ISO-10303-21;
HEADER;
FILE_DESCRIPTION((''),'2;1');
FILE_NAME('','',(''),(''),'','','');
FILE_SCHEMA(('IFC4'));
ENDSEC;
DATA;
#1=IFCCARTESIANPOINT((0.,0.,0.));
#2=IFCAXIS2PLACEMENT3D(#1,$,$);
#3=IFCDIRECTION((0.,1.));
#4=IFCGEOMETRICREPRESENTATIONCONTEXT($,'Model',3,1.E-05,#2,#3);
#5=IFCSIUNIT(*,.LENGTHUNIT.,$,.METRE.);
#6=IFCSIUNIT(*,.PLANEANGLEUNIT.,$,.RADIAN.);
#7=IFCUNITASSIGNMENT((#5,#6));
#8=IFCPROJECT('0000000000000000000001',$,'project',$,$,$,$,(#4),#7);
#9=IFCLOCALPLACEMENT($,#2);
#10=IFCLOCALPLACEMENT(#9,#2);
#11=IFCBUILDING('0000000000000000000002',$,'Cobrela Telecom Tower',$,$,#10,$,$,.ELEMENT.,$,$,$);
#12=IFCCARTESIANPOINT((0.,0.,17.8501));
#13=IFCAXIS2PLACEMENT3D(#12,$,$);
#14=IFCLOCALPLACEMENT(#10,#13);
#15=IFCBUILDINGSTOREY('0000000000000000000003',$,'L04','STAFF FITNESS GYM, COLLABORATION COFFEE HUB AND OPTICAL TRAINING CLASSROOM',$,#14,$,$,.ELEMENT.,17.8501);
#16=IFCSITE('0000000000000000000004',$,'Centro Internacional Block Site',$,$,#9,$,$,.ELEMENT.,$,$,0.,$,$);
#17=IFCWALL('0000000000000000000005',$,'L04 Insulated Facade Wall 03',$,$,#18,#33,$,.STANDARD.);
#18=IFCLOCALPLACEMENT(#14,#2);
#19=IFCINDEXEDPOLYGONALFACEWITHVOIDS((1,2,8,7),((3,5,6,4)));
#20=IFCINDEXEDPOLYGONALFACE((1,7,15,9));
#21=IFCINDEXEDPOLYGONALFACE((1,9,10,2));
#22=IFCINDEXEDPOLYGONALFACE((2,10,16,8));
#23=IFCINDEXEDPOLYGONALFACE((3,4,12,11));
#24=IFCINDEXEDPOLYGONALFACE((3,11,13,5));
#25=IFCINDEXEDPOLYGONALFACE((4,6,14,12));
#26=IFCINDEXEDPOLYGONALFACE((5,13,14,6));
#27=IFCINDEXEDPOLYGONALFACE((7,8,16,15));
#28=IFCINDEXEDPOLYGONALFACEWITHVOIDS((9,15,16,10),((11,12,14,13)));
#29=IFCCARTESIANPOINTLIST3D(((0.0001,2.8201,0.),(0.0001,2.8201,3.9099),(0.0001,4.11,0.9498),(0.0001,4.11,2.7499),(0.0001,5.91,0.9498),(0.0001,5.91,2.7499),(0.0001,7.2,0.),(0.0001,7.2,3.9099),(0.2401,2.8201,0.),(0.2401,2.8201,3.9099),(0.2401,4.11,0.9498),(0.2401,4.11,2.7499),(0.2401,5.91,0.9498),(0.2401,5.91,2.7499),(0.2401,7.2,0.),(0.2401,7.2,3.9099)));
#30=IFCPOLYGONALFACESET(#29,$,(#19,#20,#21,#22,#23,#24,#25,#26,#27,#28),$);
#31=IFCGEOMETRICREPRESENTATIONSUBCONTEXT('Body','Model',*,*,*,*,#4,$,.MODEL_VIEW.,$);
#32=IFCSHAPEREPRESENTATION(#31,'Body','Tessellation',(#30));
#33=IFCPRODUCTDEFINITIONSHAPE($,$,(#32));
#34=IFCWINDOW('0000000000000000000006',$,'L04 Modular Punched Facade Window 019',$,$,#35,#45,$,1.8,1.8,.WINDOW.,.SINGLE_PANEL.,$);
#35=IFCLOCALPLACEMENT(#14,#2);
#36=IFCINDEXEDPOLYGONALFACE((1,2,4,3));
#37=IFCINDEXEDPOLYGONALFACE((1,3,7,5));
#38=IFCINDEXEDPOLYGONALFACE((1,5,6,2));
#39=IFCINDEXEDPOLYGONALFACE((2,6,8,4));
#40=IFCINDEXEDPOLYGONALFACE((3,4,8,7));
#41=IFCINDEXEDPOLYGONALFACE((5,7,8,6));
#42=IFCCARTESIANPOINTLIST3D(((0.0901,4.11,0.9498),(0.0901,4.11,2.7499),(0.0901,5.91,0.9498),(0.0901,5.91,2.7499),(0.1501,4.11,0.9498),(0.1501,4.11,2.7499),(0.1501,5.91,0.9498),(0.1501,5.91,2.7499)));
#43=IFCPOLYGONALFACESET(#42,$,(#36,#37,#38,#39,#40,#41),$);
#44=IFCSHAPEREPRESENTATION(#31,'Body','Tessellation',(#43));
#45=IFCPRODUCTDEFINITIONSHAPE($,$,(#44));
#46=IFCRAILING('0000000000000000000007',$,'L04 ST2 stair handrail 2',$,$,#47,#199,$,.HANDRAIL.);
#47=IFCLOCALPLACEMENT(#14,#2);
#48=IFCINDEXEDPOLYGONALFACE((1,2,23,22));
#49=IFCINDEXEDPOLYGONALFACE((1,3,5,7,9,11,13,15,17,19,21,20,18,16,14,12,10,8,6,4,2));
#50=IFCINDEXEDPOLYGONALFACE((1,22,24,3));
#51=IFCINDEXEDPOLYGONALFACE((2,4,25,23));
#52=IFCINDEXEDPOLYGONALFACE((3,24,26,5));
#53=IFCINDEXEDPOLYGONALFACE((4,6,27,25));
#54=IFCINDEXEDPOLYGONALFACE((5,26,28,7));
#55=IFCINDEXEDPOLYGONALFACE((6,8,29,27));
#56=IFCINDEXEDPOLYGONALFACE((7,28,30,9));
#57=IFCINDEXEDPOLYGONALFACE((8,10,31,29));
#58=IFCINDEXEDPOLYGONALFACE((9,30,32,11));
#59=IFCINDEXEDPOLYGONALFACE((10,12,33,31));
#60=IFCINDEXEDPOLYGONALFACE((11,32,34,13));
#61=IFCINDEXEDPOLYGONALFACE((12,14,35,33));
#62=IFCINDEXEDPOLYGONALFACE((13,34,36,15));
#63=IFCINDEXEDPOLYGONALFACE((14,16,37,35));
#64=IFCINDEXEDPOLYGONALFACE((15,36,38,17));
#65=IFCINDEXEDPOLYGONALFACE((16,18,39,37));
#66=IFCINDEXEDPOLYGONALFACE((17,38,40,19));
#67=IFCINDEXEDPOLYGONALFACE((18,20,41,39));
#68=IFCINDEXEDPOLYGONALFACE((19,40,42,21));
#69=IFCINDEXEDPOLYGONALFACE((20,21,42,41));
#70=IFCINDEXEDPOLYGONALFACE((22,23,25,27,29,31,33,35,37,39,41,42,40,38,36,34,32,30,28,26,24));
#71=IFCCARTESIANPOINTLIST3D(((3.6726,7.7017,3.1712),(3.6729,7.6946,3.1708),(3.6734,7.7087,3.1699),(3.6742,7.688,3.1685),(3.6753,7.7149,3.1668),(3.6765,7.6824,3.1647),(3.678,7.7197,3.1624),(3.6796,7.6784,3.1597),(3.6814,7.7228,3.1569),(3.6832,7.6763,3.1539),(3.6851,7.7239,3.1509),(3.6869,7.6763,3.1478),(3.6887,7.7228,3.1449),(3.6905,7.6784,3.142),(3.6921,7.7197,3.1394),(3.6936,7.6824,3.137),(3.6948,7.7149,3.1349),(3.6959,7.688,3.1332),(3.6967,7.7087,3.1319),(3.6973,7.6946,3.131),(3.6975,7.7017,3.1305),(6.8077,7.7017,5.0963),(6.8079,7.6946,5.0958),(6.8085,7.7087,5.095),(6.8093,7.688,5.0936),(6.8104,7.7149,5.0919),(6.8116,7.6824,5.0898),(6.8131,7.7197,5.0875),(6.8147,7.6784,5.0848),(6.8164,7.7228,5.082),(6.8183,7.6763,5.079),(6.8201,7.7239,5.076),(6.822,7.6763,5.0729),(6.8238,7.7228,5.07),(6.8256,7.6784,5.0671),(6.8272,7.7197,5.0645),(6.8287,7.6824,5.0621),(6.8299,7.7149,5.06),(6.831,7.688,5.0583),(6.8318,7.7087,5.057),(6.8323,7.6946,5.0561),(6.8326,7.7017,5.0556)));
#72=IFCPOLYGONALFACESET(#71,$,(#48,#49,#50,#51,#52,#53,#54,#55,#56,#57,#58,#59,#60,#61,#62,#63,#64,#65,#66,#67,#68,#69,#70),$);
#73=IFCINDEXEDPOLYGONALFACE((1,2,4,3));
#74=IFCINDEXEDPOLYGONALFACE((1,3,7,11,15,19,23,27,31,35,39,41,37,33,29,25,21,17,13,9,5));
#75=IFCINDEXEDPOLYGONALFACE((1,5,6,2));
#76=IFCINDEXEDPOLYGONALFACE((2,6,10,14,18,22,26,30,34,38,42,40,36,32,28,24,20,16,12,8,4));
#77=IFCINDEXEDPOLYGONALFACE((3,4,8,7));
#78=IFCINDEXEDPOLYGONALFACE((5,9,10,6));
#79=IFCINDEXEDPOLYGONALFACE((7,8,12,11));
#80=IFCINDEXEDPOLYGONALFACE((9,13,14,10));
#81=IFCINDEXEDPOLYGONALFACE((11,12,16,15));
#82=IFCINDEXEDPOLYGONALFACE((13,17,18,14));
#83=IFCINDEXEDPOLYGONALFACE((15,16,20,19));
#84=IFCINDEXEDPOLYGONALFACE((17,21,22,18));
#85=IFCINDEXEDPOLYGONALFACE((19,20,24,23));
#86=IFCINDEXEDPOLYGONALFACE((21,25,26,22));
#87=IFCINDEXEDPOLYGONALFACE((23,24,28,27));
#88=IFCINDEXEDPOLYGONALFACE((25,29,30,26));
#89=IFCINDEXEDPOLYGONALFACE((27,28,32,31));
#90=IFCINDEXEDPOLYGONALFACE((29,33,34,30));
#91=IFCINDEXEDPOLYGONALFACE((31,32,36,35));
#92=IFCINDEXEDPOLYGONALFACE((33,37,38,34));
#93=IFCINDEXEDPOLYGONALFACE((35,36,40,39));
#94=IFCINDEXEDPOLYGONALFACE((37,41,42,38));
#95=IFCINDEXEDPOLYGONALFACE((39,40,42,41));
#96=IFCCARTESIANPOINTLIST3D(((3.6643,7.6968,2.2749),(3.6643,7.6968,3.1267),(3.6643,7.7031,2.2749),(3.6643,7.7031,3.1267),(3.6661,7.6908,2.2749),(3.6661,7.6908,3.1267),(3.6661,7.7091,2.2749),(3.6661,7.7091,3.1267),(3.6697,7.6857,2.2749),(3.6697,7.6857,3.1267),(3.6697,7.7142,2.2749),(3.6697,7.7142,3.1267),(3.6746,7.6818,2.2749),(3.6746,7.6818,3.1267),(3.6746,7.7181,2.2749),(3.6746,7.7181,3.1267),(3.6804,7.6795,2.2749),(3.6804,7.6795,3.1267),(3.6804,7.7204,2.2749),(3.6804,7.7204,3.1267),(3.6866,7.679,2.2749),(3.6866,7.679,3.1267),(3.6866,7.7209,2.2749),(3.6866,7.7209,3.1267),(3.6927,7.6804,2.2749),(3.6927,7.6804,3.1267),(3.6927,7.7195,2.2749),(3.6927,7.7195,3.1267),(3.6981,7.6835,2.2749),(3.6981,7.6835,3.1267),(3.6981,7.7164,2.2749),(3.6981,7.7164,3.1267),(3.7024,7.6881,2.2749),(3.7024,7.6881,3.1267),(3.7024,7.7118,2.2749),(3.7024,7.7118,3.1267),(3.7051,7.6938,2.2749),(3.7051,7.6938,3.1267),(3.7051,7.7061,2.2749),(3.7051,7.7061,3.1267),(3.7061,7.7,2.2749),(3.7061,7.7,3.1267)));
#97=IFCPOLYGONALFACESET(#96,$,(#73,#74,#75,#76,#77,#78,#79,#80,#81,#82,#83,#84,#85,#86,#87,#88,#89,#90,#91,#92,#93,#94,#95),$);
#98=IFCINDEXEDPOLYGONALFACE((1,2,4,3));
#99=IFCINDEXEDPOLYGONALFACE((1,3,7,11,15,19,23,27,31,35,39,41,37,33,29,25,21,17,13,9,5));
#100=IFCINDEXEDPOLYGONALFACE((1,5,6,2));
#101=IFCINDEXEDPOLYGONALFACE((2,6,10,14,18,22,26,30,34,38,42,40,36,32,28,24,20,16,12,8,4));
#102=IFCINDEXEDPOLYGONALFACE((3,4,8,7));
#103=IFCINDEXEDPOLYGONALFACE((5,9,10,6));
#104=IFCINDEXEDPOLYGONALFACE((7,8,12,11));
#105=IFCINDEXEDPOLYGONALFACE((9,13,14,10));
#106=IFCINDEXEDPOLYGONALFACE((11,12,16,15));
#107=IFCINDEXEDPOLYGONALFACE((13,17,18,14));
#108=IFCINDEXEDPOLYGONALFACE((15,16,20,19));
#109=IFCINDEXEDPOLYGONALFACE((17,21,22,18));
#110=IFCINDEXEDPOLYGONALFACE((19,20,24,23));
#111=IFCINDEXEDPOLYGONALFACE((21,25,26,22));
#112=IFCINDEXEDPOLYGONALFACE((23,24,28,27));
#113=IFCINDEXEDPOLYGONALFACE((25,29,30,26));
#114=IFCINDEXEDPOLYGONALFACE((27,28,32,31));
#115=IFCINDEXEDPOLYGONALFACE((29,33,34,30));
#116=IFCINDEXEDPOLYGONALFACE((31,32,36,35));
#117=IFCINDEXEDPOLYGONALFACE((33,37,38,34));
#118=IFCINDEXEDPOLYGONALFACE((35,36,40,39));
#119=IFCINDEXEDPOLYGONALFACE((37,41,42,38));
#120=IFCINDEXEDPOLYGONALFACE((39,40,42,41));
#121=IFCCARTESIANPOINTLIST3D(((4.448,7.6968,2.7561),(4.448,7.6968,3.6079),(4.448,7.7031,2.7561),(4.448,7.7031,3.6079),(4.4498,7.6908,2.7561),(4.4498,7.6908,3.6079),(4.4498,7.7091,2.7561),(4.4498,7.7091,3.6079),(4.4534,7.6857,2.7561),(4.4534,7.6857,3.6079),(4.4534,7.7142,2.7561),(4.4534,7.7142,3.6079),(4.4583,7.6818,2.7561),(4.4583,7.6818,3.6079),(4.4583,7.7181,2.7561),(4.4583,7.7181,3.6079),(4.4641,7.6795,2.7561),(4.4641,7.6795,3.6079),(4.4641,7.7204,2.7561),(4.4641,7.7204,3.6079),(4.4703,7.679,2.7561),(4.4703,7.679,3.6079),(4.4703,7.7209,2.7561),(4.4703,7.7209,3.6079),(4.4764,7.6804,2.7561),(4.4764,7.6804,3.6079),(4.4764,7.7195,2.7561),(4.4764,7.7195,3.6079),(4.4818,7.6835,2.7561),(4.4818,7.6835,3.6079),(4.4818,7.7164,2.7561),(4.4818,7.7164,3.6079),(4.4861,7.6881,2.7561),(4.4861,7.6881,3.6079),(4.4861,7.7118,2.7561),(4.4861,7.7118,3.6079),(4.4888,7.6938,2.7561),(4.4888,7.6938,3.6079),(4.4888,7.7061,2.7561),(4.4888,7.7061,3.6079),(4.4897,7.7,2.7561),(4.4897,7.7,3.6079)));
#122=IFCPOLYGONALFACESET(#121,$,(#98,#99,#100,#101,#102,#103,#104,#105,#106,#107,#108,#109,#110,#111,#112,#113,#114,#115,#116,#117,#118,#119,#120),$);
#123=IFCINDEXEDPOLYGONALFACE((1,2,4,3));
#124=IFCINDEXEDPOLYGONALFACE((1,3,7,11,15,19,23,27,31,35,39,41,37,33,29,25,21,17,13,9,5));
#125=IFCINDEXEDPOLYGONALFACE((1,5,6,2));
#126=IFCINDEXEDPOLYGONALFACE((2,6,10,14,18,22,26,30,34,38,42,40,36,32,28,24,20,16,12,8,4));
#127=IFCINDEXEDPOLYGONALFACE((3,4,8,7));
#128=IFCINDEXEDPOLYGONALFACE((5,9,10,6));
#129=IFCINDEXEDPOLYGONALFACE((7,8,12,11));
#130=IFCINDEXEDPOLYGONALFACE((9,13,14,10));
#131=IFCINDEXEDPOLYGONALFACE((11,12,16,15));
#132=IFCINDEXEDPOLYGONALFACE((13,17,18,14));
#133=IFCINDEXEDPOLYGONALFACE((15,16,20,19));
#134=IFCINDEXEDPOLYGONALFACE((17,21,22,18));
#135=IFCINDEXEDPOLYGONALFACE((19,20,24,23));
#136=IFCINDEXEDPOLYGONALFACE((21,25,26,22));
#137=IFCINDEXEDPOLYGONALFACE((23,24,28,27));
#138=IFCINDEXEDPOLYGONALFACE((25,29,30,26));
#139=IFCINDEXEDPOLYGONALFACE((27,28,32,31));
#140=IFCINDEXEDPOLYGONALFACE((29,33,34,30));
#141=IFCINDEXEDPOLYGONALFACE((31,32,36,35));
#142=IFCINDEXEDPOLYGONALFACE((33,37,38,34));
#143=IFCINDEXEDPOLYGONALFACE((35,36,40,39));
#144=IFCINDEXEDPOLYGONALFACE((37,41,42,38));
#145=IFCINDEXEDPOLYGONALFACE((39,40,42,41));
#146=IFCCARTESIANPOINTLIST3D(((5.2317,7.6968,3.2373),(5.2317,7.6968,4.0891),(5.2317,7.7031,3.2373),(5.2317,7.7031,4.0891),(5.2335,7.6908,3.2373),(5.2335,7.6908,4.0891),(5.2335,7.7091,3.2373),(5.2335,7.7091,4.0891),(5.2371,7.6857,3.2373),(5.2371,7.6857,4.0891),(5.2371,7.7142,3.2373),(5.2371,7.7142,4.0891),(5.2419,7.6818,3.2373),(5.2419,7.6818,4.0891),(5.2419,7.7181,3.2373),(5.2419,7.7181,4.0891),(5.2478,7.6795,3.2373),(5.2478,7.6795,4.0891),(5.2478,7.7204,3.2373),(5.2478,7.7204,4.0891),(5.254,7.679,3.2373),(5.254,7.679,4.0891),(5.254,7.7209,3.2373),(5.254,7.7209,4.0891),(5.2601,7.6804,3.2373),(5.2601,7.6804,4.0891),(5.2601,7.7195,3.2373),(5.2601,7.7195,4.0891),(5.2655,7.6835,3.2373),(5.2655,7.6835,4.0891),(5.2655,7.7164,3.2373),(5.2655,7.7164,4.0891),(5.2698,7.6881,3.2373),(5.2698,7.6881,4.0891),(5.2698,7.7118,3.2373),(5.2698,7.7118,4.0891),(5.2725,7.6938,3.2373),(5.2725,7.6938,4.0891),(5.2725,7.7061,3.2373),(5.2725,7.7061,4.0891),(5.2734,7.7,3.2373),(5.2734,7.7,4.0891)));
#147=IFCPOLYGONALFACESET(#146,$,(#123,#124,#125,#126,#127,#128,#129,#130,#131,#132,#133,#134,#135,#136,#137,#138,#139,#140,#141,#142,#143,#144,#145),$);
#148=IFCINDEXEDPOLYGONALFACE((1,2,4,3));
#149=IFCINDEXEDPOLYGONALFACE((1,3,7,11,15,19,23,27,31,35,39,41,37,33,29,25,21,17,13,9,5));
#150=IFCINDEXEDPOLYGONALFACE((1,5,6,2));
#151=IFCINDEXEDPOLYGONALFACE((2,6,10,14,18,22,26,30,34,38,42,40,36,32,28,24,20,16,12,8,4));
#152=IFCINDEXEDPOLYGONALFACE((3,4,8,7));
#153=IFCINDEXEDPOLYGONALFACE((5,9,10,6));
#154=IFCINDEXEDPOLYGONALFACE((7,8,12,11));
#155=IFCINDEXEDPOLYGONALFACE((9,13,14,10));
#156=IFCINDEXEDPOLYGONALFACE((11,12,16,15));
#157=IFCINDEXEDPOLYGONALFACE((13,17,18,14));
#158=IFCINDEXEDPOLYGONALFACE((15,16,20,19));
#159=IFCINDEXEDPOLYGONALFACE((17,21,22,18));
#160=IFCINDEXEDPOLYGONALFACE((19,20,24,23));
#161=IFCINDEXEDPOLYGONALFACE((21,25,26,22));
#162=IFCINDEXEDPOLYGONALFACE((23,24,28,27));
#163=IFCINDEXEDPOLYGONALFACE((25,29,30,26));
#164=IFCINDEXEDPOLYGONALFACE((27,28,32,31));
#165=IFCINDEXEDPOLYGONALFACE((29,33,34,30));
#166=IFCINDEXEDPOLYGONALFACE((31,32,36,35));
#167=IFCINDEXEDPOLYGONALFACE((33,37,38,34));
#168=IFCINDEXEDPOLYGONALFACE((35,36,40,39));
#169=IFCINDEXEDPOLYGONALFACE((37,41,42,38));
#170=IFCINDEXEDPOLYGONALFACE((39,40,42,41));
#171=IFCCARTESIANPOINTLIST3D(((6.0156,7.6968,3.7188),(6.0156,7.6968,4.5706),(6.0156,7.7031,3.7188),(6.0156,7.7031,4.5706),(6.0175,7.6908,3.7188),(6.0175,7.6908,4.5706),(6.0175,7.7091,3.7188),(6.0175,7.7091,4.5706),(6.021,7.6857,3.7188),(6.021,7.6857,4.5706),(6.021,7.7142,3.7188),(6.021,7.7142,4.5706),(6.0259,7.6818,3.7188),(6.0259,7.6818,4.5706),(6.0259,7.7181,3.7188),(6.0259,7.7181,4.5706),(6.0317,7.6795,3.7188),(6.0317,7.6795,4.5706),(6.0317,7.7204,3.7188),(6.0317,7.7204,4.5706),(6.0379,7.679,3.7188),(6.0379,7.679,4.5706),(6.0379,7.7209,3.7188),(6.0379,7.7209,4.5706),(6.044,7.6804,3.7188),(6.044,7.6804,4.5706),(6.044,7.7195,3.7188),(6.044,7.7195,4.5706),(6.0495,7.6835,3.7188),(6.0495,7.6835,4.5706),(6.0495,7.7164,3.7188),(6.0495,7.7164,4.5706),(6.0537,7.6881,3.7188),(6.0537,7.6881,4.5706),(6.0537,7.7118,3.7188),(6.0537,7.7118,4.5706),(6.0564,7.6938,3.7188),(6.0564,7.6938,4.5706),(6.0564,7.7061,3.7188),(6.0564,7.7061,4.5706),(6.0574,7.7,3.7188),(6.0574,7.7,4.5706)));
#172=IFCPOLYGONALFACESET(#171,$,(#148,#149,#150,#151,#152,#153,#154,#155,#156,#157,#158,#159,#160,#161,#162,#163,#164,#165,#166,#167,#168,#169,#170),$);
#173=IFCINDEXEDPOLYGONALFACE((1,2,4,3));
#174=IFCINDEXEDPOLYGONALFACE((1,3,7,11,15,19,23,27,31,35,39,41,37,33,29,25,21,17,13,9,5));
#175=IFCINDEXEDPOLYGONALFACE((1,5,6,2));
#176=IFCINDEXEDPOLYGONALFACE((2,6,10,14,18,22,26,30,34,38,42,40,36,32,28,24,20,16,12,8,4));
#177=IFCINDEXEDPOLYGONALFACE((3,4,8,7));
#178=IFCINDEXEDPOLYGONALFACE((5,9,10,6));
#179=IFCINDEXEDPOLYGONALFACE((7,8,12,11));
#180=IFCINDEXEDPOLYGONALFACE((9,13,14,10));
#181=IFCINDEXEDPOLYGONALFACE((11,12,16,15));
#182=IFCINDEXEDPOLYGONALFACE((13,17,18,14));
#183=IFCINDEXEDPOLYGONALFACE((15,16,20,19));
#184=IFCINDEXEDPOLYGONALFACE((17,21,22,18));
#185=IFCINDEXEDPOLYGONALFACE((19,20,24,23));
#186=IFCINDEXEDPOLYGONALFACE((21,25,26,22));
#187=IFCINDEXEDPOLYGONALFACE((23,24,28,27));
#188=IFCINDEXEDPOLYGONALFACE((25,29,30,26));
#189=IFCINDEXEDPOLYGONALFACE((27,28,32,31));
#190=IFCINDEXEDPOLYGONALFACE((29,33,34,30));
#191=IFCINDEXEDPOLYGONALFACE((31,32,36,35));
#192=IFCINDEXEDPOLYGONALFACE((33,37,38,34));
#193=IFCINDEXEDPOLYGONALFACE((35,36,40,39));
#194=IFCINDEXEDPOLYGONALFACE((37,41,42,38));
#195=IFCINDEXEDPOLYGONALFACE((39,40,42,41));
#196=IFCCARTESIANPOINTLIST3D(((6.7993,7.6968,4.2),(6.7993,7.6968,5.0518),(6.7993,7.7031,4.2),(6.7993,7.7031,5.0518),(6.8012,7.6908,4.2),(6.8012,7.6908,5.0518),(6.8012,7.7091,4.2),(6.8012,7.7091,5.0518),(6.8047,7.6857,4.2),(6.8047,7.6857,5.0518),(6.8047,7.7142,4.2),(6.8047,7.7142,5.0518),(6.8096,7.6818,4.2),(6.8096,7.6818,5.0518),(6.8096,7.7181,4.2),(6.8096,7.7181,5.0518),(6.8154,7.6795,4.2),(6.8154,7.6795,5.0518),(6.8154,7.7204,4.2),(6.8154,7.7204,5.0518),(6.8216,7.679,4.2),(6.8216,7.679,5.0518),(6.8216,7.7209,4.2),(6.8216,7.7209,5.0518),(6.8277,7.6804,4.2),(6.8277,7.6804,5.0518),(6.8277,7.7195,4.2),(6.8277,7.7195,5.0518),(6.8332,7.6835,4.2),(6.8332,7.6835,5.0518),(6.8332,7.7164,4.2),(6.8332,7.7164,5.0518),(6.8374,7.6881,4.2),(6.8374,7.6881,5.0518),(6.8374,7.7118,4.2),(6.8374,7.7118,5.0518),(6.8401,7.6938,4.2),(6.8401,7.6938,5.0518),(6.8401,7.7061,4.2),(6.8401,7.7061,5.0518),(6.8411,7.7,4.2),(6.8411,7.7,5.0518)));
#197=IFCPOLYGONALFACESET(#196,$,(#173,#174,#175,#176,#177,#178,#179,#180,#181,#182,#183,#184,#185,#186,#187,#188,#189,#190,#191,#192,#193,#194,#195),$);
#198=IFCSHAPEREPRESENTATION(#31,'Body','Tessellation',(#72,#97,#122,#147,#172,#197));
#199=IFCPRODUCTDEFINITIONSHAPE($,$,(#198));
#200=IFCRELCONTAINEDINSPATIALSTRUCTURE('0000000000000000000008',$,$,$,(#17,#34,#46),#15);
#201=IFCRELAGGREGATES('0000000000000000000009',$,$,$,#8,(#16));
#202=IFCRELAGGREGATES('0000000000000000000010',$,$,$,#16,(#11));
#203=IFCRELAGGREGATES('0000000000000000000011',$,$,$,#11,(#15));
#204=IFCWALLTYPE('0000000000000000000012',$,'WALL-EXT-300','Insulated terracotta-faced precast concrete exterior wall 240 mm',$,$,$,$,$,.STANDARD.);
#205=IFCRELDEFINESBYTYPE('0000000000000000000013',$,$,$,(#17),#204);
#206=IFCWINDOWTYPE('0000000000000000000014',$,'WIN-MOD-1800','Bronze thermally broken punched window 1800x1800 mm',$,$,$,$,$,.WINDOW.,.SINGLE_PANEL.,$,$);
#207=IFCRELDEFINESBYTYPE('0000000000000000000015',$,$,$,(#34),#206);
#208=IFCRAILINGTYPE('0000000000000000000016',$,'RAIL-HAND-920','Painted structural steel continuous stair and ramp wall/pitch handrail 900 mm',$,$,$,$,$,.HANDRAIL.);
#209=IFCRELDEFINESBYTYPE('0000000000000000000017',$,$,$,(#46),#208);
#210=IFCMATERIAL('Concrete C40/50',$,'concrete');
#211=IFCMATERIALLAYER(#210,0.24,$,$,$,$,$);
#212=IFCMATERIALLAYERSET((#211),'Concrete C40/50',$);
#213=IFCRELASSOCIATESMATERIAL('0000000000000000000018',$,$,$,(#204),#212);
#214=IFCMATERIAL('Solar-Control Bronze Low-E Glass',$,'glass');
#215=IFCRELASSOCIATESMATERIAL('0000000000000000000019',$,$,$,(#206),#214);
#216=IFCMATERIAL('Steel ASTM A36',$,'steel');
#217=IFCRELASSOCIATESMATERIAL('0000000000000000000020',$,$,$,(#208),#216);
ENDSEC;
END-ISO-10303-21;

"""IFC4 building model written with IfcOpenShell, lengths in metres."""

from ifc_helpers import new_model, si_unit, direction, frame, frame_2d, origin, origin_2d, place, context, subcontext, project, spatial, rectangle, circle, extrude, material, layer, layer_set, type_object, element, fill, save


model = new_model("IFC4")

# Units and contexts
model_context = context("Model", 3, precision=1e-05, world=origin(), true_north=direction((0.0, 1.0)))
body_context = subcontext(model_context, "Body", "Model", "MODEL_VIEW")
ifc_project = project(units=[si_unit("LENGTHUNIT", "METRE"), si_unit("PLANEANGLEUNIT", "RADIAN")], contexts=[model_context])

# Site, building, storey
site_placement = place(None, origin())
site = spatial("IfcSite", under=ifc_project, at=site_placement, Name="Centro Internacional Block Site", CompositionType="ELEMENT", RefElevation=0.0)
building_placement = place(site_placement, origin())
building = spatial("IfcBuilding", under=site, at=building_placement, Name="Cobrela Telecom Tower", CompositionType="ELEMENT")
storey_placement = place(building_placement, frame((0.0, 0.0, 17.8501)))
storey = spatial("IfcBuildingStorey", under=building, at=storey_placement, Name="L04", Description="STAFF FITNESS GYM, COLLABORATION COFFEE HUB AND OPTICAL TRAINING CLASSROOM", CompositionType="ELEMENT", Elevation=17.8501)

# Wall, opening, window
ifc_material_1 = material(Name="Concrete C40/50", Category="concrete")
ifc_layer_1 = layer(ifc_material_1, 0.24)
ifc_layer_set_1 = layer_set([ifc_layer_1], Name="Concrete C40/50")
wall_type_1 = type_object("IfcWallType", Name="WALL-EXT-300", Description="Insulated terracotta-faced precast concrete exterior wall 240 mm", PredefinedType="STANDARD", material=ifc_layer_set_1)
ifc_material_2 = material(Name="Solar-Control Bronze Low-E Glass", Category="glass")
wall_1_placement = place(storey_placement, frame((0.1201, 2.8201, 0.0), z_axis=(0.0, 0.0, 1.0), x_axis=(0.0, 1.0, 0.0)))
wall_1 = element("IfcWall", 1, at=wall_1_placement, inside=storey, type_object=wall_type_1, Name="L04 Insulated Facade Wall 03", PredefinedType="STANDARD", context=body_context, shape_type="SweptSolid", body=[
    extrude(rectangle(XDim=4.3799, YDim=0.24, at=frame_2d((2.1899, 0.0))), origin(), (0.0, 0.0, 1.0), 3.9099),
])
opening_1_placement = place(wall_1_placement, frame((1.29, 0.0, 0.95)))
opening_1 = element("IfcOpeningElement", 2, at=opening_1_placement, cuts=wall_1, PredefinedType="OPENING", context=body_context, shape_type="SweptSolid", body=[
    extrude(rectangle(XDim=1.8, YDim=1.8, at=frame_2d((0.8999, 0.8999))), frame((0.0, 0.1318, 0.0), z_axis=(0.0, -1.0, 0.0), x_axis=(1.0, 0.0, 0.0)), (0.0, 0.0, 1.0), 0.2639),
])
window_type_1 = type_object("IfcWindowType", Name="WIN-MOD-1800", Description="Bronze thermally broken punched window 1800x1800 mm", PartitioningType="SINGLE_PANEL", PredefinedType="WINDOW", material=ifc_material_2)
window_1_placement = place(opening_1_placement, origin())
window_1 = element("IfcWindow", 3, at=window_1_placement, inside=storey, type_object=window_type_1, Name="L04 Modular Punched Facade Window 019", OverallHeight=1.8, OverallWidth=1.8, PartitioningType="SINGLE_PANEL", PredefinedType="WINDOW", context=body_context, shape_type="SweptSolid", body=[
    extrude(rectangle(XDim=1.8, YDim=1.8, at=frame_2d((0.8999, 0.8999))), frame((0.0, 0.03, 0.0), z_axis=(0.0, -1.0, 0.0), x_axis=(1.0, 0.0, 0.0)), (0.0, 0.0, 1.0), 0.0601),
])
fill(opening_1, window_1)

# Railing
ifc_material_3 = material(Name="Steel ASTM A36", Category="steel")
railing_type = type_object("IfcRailingType", Name="RAIL-HAND-920", Description="Painted structural steel continuous stair and ramp wall/pitch handrail 900 mm", PredefinedType="HANDRAIL", material=ifc_material_3)
railing_placement = place(storey_placement, frame((3.6851, 7.7, 2.2749)))
element("IfcRailing", 4, at=railing_placement, inside=storey, type_object=railing_type, Name="L04 ST2 stair handrail 2", PredefinedType="HANDRAIL", context=body_context, shape_type="SweptSolid", body=[
    extrude(circle(Radius=0.0239, at=origin_2d()), frame((0.0, 0.0, 0.876), z_axis=(0.852166, 0.0, 0.523271), x_axis=(0.0, 1.0, 0.0)), (0.0, 0.0, 1.0), 3.679),
    extrude(circle(Radius=0.021, at=origin_2d()), origin(), (0.0, 0.0, 1.0), 0.8518),
    extrude(circle(Radius=0.021, at=origin_2d()), frame((0.7837, 0.0, 0.4812)), (0.0, 0.0, 1.0), 0.8518),
    extrude(circle(Radius=0.021, at=origin_2d()), frame((1.5674, 0.0, 0.9624)), (0.0, 0.0, 1.0), 0.8518),
    extrude(circle(Radius=0.021, at=origin_2d()), frame((2.3513, 0.0, 1.4438)), (0.0, 0.0, 1.0), 0.8518),
    extrude(circle(Radius=0.021, at=origin_2d()), frame((3.135, 0.0, 1.925)), (0.0, 0.0, 1.0), 0.8518),
])

save(model, "model.ifc")
